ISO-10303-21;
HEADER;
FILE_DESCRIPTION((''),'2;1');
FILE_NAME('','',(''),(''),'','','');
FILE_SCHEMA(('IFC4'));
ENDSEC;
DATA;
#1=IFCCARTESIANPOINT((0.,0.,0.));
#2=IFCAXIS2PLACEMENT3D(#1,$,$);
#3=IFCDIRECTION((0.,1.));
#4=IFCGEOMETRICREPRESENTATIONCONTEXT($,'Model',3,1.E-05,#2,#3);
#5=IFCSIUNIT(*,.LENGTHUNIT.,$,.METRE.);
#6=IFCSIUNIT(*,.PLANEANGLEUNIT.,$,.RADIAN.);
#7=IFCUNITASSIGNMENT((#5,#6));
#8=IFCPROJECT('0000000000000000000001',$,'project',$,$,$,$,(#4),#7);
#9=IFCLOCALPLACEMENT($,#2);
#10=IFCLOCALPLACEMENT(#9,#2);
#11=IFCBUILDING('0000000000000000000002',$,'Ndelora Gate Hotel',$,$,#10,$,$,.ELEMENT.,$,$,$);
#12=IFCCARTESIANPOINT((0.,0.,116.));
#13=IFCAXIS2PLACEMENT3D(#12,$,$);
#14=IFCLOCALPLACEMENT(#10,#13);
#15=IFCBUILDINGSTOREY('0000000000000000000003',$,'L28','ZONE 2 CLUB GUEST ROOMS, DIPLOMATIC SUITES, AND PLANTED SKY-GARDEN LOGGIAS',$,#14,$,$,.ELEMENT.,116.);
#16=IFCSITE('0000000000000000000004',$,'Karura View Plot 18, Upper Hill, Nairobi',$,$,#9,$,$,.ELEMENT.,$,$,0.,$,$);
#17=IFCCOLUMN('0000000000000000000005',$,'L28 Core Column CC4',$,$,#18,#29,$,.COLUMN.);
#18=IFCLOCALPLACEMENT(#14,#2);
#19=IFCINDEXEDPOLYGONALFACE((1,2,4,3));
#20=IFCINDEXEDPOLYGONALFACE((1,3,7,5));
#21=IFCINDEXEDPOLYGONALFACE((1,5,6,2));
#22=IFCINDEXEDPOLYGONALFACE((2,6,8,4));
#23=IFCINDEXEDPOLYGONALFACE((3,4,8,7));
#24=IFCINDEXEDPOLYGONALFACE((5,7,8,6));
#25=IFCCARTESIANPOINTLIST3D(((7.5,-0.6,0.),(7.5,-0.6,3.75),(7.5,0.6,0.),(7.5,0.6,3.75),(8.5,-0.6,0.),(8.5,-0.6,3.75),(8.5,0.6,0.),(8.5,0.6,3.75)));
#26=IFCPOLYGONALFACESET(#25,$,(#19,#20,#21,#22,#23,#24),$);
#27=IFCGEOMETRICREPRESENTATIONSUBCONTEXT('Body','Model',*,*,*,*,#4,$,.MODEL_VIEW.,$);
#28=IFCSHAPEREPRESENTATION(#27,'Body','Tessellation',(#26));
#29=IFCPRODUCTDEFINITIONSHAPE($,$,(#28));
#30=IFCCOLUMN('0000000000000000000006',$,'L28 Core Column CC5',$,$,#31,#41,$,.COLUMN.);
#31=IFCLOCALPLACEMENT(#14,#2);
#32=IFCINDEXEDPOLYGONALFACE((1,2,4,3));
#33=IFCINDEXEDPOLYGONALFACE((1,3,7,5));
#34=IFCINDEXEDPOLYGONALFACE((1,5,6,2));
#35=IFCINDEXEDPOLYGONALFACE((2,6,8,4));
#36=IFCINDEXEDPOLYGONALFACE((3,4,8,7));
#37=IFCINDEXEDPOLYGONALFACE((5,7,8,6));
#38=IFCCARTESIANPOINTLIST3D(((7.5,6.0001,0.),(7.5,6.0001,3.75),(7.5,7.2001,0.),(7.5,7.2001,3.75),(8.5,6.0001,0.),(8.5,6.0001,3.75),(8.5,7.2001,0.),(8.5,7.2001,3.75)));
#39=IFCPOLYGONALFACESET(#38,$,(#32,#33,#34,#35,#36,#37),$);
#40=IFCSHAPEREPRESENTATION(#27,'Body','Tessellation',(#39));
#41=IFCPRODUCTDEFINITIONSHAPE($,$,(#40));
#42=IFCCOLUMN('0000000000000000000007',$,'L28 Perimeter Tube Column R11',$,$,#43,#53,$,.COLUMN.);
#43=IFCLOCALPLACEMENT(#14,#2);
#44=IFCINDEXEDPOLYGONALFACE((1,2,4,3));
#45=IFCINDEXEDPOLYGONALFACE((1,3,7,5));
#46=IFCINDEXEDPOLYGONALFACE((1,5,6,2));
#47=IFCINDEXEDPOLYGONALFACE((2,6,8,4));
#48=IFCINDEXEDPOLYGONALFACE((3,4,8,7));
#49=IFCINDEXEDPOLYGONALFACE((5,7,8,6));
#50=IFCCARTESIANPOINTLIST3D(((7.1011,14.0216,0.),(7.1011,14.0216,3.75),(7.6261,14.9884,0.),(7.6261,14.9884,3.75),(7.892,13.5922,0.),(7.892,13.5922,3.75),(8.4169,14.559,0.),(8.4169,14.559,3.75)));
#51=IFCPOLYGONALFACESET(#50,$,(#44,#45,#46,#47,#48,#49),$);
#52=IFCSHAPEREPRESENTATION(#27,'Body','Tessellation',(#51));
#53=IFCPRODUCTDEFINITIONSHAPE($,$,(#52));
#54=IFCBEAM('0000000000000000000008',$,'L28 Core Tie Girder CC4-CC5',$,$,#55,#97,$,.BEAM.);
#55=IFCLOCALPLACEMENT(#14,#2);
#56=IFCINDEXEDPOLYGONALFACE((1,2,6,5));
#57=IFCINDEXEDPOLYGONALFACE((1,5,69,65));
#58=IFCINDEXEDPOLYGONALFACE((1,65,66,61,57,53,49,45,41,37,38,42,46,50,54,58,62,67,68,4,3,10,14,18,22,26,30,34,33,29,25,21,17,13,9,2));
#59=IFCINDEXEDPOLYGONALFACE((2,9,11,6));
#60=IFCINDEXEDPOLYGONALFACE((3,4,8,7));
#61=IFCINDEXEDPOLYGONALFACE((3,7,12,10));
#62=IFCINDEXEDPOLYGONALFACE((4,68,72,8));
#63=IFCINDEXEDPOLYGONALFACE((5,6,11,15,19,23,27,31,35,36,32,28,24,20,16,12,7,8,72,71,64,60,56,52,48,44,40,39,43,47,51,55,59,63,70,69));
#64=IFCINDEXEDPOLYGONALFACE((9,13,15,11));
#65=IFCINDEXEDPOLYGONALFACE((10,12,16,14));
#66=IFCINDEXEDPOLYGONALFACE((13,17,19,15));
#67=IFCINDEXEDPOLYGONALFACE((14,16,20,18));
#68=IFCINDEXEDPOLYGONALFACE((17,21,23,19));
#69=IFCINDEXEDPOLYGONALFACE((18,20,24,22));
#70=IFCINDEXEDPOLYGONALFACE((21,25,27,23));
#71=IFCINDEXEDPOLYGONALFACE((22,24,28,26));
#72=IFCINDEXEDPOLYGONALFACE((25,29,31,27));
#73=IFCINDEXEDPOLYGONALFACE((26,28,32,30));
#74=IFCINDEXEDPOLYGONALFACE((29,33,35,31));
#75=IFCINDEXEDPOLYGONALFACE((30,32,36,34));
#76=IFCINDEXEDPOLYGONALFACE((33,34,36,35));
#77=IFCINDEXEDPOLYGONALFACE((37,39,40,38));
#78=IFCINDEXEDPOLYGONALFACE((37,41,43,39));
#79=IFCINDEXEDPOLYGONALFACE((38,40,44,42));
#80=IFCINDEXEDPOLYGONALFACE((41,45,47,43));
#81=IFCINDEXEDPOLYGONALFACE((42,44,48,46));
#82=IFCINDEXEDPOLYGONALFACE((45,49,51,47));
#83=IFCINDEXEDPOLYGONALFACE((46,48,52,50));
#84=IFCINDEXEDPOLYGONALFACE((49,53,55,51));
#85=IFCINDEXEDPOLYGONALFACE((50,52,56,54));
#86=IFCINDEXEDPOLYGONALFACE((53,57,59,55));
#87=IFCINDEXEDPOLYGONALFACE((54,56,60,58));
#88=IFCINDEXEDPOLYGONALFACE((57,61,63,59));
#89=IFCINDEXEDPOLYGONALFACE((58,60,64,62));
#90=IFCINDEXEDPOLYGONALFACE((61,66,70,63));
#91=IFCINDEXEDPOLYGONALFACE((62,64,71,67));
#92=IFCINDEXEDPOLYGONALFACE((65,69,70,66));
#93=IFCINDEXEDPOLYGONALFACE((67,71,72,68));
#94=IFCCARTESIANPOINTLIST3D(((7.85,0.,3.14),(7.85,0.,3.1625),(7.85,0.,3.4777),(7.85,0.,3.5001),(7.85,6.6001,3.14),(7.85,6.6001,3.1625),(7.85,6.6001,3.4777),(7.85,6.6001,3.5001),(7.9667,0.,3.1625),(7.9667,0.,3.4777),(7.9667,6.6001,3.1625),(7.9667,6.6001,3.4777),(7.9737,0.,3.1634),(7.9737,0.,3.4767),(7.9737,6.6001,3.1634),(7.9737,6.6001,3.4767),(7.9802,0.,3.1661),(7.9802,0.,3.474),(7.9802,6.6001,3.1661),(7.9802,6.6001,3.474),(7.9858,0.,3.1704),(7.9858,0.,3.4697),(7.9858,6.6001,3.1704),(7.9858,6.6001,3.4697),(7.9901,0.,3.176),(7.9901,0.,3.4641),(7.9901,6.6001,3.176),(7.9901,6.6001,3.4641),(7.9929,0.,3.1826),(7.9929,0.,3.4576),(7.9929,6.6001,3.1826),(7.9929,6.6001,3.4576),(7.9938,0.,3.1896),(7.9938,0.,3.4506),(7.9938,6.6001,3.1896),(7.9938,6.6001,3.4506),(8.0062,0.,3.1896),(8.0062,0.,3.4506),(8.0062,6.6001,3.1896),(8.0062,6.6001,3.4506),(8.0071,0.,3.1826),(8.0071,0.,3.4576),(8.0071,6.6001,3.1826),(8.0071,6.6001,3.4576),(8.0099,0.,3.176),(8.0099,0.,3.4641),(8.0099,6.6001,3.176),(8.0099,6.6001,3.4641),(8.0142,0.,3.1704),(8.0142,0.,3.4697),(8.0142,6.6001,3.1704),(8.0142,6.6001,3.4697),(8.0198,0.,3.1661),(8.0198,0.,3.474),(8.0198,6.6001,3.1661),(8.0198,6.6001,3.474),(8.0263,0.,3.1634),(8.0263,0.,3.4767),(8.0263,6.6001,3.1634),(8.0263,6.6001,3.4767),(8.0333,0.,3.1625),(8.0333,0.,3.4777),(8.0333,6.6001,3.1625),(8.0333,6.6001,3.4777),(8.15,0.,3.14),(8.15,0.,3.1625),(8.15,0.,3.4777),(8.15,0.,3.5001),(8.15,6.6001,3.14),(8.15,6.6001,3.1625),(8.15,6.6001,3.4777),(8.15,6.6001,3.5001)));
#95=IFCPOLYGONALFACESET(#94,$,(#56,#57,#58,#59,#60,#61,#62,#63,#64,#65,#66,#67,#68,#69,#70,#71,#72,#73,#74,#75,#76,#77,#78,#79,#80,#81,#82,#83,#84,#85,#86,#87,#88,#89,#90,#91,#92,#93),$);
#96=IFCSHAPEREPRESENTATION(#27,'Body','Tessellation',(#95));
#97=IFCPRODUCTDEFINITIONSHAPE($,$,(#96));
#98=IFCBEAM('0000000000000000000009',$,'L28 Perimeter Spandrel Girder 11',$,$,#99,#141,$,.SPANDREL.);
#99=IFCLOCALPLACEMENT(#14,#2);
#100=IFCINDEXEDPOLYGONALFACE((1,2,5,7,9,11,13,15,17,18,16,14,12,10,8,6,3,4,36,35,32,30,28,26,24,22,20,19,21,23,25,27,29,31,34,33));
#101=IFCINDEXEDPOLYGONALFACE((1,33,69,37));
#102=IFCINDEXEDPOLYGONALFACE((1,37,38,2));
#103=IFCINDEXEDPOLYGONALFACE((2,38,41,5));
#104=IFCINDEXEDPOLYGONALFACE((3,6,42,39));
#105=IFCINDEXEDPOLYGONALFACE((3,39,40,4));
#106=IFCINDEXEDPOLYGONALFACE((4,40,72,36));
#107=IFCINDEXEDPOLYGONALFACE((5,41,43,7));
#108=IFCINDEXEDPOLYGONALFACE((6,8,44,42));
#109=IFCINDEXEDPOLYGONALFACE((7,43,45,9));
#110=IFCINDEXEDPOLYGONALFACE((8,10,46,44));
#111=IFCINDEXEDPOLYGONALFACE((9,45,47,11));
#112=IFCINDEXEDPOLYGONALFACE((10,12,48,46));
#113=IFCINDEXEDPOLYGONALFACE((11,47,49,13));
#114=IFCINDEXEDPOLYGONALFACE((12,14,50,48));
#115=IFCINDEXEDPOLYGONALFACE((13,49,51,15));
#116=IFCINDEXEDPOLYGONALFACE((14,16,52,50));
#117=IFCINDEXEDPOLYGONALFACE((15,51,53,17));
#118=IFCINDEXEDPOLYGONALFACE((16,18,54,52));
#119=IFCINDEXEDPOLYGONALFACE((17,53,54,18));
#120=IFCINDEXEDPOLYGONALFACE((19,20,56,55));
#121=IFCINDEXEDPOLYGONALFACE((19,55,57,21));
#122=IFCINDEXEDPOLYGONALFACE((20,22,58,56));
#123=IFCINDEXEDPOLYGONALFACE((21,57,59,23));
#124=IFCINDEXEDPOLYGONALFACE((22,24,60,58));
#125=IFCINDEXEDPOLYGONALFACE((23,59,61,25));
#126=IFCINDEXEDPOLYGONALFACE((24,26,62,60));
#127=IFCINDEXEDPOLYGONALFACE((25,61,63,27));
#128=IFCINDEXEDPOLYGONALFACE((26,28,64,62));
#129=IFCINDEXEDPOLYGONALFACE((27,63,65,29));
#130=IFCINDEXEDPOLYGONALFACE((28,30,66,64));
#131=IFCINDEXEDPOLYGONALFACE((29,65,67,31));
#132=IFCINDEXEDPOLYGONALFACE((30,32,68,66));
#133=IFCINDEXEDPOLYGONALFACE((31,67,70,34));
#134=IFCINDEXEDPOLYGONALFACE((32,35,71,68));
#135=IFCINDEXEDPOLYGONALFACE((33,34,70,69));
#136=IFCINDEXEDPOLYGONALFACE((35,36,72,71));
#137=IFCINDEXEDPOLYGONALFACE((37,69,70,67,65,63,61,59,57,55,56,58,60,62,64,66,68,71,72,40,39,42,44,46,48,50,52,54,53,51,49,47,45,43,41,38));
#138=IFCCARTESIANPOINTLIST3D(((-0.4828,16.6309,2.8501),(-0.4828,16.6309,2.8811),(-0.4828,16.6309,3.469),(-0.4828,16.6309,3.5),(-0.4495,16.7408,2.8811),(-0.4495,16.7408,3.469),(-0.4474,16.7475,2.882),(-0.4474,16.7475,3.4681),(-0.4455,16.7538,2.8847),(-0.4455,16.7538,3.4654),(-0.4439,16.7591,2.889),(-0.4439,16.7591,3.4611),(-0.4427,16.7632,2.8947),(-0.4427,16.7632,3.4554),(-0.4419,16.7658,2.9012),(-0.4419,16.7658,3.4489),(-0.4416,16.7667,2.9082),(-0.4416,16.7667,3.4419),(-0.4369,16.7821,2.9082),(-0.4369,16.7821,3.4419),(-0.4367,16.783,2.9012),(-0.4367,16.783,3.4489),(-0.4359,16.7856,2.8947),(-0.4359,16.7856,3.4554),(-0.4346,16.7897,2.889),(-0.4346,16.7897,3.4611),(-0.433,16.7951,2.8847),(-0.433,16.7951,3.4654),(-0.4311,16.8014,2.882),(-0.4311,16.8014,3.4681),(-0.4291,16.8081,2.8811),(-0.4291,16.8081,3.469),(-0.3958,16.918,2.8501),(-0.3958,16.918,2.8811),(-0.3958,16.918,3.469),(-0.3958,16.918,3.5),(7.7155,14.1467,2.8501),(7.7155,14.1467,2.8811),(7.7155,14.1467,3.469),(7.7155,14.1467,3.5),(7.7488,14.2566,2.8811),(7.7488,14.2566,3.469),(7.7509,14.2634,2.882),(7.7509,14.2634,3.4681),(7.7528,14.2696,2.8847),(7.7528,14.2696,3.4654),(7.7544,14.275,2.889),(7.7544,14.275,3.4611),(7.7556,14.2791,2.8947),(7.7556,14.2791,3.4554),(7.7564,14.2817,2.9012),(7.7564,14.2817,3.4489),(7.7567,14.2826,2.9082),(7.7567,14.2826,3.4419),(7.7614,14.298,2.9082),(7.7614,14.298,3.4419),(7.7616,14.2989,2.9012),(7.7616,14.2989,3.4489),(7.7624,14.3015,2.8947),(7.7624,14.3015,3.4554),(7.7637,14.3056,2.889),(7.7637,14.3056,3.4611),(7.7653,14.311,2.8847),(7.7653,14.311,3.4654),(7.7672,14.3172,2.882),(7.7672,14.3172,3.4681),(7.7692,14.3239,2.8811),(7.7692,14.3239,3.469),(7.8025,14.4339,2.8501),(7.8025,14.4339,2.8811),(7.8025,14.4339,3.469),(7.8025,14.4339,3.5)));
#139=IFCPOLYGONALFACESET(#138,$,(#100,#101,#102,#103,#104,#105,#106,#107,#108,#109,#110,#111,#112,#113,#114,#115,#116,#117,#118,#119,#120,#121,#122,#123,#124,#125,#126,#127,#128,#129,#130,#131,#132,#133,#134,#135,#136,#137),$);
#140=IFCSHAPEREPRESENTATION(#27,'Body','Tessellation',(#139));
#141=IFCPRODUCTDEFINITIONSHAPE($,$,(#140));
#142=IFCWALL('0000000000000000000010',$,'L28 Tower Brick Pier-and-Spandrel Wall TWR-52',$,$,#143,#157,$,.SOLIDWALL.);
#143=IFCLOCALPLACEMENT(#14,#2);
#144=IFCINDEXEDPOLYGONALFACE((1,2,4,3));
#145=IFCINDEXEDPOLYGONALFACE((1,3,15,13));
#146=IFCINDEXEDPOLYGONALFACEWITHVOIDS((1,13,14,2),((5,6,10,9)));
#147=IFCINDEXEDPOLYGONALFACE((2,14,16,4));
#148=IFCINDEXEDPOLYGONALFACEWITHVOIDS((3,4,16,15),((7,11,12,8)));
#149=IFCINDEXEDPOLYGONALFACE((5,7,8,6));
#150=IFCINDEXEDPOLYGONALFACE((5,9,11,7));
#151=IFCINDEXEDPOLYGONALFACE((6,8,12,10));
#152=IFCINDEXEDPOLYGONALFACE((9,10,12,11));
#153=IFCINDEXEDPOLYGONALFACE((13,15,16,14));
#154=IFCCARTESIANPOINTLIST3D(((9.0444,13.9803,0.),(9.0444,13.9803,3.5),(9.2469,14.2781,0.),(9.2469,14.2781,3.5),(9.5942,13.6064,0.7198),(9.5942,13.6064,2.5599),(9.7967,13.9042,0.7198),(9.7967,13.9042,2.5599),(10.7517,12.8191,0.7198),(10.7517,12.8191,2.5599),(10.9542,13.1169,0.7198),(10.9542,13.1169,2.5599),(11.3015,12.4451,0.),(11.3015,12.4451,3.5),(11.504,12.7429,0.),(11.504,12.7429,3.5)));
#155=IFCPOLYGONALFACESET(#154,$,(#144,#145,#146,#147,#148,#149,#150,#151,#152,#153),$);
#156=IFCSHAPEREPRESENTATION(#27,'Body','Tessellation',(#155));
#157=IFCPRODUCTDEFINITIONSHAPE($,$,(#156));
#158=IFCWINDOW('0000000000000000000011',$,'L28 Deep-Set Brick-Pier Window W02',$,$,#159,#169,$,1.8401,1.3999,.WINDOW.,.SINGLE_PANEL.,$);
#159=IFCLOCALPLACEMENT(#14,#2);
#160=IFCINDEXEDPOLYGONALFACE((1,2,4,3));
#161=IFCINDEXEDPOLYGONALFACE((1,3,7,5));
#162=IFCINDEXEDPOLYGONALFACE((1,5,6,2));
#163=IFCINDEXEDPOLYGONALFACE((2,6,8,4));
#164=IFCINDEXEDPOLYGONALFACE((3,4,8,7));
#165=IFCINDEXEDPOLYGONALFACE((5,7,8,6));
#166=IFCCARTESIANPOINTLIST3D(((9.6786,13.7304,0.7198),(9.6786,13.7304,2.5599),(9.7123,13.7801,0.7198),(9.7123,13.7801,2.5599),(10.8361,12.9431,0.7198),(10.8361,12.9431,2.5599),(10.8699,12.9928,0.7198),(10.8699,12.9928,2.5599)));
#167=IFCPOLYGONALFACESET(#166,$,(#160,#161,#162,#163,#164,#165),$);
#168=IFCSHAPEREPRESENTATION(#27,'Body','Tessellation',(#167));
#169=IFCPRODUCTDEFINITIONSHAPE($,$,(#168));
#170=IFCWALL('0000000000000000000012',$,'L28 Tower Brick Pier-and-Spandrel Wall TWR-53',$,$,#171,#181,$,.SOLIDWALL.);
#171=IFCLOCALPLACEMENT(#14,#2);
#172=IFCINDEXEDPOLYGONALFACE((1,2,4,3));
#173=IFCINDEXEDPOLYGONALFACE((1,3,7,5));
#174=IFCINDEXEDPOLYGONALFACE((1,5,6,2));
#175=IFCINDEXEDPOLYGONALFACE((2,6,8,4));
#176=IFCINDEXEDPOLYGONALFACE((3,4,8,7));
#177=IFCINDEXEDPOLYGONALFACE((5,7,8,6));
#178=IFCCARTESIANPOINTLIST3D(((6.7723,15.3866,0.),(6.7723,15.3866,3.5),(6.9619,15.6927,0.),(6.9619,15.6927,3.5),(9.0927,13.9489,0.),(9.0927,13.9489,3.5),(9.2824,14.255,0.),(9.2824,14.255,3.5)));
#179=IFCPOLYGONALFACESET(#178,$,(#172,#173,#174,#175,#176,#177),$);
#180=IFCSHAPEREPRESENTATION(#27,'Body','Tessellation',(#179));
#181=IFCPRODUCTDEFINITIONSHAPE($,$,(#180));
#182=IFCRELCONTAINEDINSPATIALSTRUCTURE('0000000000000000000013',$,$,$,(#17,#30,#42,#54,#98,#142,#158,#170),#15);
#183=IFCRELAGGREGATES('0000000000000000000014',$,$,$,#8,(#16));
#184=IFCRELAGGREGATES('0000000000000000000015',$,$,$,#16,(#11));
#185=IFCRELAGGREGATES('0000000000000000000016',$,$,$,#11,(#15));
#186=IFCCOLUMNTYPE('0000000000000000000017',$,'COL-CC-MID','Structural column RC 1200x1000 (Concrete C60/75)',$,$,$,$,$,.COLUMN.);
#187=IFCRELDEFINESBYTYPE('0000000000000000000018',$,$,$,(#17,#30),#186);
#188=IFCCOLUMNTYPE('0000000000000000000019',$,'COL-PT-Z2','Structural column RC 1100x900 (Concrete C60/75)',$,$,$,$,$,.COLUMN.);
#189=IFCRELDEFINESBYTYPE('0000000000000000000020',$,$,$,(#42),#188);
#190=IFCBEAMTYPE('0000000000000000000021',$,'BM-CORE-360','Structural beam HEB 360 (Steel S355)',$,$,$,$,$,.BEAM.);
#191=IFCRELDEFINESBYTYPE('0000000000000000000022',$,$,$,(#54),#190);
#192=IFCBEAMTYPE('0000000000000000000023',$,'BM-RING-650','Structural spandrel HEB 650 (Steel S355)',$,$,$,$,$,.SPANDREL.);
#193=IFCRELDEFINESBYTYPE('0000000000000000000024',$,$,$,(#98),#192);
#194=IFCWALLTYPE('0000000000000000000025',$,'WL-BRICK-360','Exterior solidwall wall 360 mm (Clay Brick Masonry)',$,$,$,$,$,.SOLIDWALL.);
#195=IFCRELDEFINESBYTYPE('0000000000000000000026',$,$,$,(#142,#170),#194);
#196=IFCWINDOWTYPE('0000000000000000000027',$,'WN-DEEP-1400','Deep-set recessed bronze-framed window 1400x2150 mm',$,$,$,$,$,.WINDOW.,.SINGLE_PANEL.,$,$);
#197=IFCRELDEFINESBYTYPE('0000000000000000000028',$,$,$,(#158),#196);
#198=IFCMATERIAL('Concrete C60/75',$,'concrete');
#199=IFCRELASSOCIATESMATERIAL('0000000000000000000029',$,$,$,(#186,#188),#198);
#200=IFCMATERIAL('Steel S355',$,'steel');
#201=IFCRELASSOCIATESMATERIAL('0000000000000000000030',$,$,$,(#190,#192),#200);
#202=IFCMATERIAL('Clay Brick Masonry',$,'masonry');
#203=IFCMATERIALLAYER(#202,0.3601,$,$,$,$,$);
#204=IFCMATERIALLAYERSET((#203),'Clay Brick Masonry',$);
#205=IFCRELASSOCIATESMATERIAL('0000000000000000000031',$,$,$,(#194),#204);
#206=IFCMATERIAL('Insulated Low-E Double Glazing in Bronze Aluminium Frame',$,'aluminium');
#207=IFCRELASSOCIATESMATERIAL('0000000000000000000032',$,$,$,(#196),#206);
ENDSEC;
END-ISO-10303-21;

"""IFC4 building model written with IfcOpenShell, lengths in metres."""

from ifc_helpers import new_model, si_unit, direction, frame, frame_2d, origin, origin_2d, place, context, subcontext, project, spatial, rectangle, i_section, extrude, material, layer, layer_set, material_profile, profile_set, type_object, element, fill, save


model = new_model("IFC4")

# Units and contexts
model_context = context("Model", 3, precision=1e-05, world=origin(), true_north=direction((0.0, 1.0)))
body_context = subcontext(model_context, "Body", "Model", "MODEL_VIEW")
ifc_project = project(units=[si_unit("LENGTHUNIT", "METRE"), si_unit("PLANEANGLEUNIT", "RADIAN")], contexts=[model_context])

# Site, building, storey
site_placement = place(None, origin())
site = spatial("IfcSite", under=ifc_project, at=site_placement, Name="Karura View Plot 18, Upper Hill, Nairobi", CompositionType="ELEMENT", RefElevation=0.0)
building_placement = place(site_placement, origin())
building = spatial("IfcBuilding", under=site, at=building_placement, Name="Ndelora Gate Hotel", CompositionType="ELEMENT")
storey_placement = place(building_placement, frame((0.0, 0.0, 116.0)))
storey = spatial("IfcBuildingStorey", under=building, at=storey_placement, Name="L28", Description="ZONE 2 CLUB GUEST ROOMS, DIPLOMATIC SUITES, AND PLANTED SKY-GARDEN LOGGIAS", CompositionType="ELEMENT", Elevation=116.0)

# Columns
ifc_material_1 = material(Name="Concrete C60/75", Category="concrete")
ifc_material_profile_1 = material_profile(ifc_material_1, rectangle(XDim=1.0, YDim=1.2, at=origin_2d()), Name="RC 1200x1000")
ifc_profile_set_1 = profile_set([ifc_material_profile_1], Name="Concrete C60/75")
column_type_1 = type_object("IfcColumnType", Name="COL-CC-MID", Description="Structural column RC 1200x1000 (Concrete C60/75)", PredefinedType="COLUMN", material=ifc_profile_set_1)
for number, where, z_axis, x_axis, name in (
    (1, (8.0, 0.0, 0.0), (0.0, 0.0, 1.0), (1.0, 0.0, 0.0), "L28 Core Column CC4"),
    (2, (8.0, 6.6001, 0.0), (0.0, 0.0, 1.0), (1.0, 0.0, 0.0), "L28 Core Column CC5"),
):
    element("IfcColumn", number, at=place(storey_placement, frame(where, z_axis=z_axis, x_axis=x_axis)), inside=storey, type_object=column_type_1, Name=name, PredefinedType="COLUMN", context=body_context, shape_type="SweptSolid", body=[
        extrude(rectangle(XDim=1.0, YDim=1.2, at=origin_2d()), origin(), (0.0, 0.0, 1.0), 3.75),
    ])
ifc_material_profile_2 = material_profile(ifc_material_1, rectangle(XDim=0.8999, YDim=1.1001, at=origin_2d()), Name="RC 1100x900")
ifc_profile_set_2 = profile_set([ifc_material_profile_2], Name="Concrete C60/75")
column_type_2 = type_object("IfcColumnType", Name="COL-PT-Z2", Description="Structural column RC 1100x900 (Concrete C60/75)", PredefinedType="COLUMN", material=ifc_profile_set_2)
column_placement = place(storey_placement, frame((7.759, 14.2903, 0.0), z_axis=(0.0, 0.0, 1.0), x_axis=(-0.878817, 0.477159, 0.0)))
element("IfcColumn", 3, at=column_placement, inside=storey, type_object=column_type_2, Name="L28 Perimeter Tube Column R11", PredefinedType="COLUMN", context=body_context, shape_type="SweptSolid", body=[
    extrude(rectangle(XDim=0.8999, YDim=1.1001, at=origin_2d()), origin(), (0.0, 0.0, 1.0), 3.75),
])

# Beams
ifc_material_2 = material(Name="Steel S355", Category="steel")
ifc_material_profile_3 = material_profile(ifc_material_2, i_section(OverallWidth=0.3, OverallDepth=0.3601, WebThickness=0.0125, FlangeThickness=0.0225, FilletRadius=0.0271, at=origin_2d()), Name="HEB 360")
ifc_profile_set_3 = profile_set([ifc_material_profile_3], Name="Steel S355")
beam_type_1 = type_object("IfcBeamType", Name="BM-CORE-360", Description="Structural beam HEB 360 (Steel S355)", PredefinedType="BEAM", material=ifc_profile_set_3)
beam_1_placement = place(storey_placement, frame((8.0, 0.0, 3.3201), z_axis=(0.0, 1.0, 0.0), x_axis=(-1.0, 0.0, 0.0)))
element("IfcBeam", 4, at=beam_1_placement, inside=storey, type_object=beam_type_1, Name="L28 Core Tie Girder CC4-CC5", PredefinedType="BEAM", context=body_context, shape_type="SweptSolid", body=[
    extrude(i_section(OverallWidth=0.3, OverallDepth=0.3601, WebThickness=0.0125, FlangeThickness=0.0225, FilletRadius=0.0271, at=origin_2d()), origin(), (0.0, 0.0, 1.0), 6.6001),
])
ifc_material_profile_4 = material_profile(ifc_material_2, i_section(OverallWidth=0.3, OverallDepth=0.6499, WebThickness=0.0161, FlangeThickness=0.031, FilletRadius=0.0271, at=origin_2d()), Name="HEB 650")
ifc_profile_set_4 = profile_set([ifc_material_profile_4], Name="Steel S355")
beam_type_2 = type_object("IfcBeamType", Name="BM-RING-650", Description="Structural spandrel HEB 650 (Steel S355)", PredefinedType="SPANDREL", material=ifc_profile_set_4)
beam_2_placement = place(storey_placement, frame((7.759, 14.2903, 3.175), z_axis=(-0.95703, 0.289988, 0.0), x_axis=(-0.289988, -0.95703, 0.0)))
element("IfcBeam", 5, at=beam_2_placement, inside=storey, type_object=beam_type_2, Name="L28 Perimeter Spandrel Girder 11", PredefinedType="SPANDREL", context=body_context, shape_type="SweptSolid", body=[
    extrude(i_section(OverallWidth=0.3, OverallDepth=0.6499, WebThickness=0.0161, FlangeThickness=0.031, FilletRadius=0.0271, at=origin_2d()), origin(), (0.0, 0.0, 1.0), 8.5664),
])

# Wall, opening, window
ifc_material_3 = material(Name="Clay Brick Masonry", Category="masonry")
ifc_layer_1 = layer(ifc_material_3, 0.3601)
ifc_layer_set_1 = layer_set([ifc_layer_1], Name="Clay Brick Masonry")
wall_type_1 = type_object("IfcWallType", Name="WL-BRICK-360", Description="Exterior solidwall wall 360 mm (Clay Brick Masonry)", PredefinedType="SOLIDWALL", material=ifc_layer_set_1)
wall_1_placement = place(storey_placement, frame((9.1458, 14.1292, 0.0), z_axis=(0.0, 0.0, 1.0), x_axis=(0.826868, -0.562396, 0.0)))
wall_1 = element("IfcWall", 6, at=wall_1_placement, inside=storey, type_object=wall_type_1, Name="L28 Tower Brick Pier-and-Spandrel Wall TWR-52", PredefinedType="SOLIDWALL", context=body_context, shape_type="SweptSolid", body=[
    extrude(rectangle(XDim=2.7297, YDim=0.3601, at=frame_2d((1.3647, 0.0))), origin(), (0.0, 0.0, 1.0), 3.5),
])
opening_1_placement = place(wall_1_placement, frame((0.6648, 0.0, 0.72)))
opening_1 = element("IfcOpeningElement", 7, at=opening_1_placement, cuts=wall_1, PredefinedType="OPENING", context=body_context, shape_type="SweptSolid", body=[
    extrude(rectangle(XDim=1.3999, YDim=1.8401, at=frame_2d((0.7, 0.9199))), frame((0.0, 0.1899, 0.0), z_axis=(0.0, -1.0, 0.0), x_axis=(1.0, 0.0, 0.0)), (0.0, 0.0, 1.0), 0.3801),
])
ifc_material_4 = material(Name="Insulated Low-E Double Glazing in Bronze Aluminium Frame", Category="aluminium")
window_type = type_object("IfcWindowType", Name="WN-DEEP-1400", Description="Deep-set recessed bronze-framed window 1400x2150 mm", PartitioningType="SINGLE_PANEL", PredefinedType="WINDOW", material=ifc_material_4)
window_placement = place(opening_1_placement, origin())
window = element("IfcWindow", 8, at=window_placement, inside=storey, type_object=window_type, Name="L28 Deep-Set Brick-Pier Window W02", OverallHeight=1.8401, OverallWidth=1.3999, PartitioningType="SINGLE_PANEL", PredefinedType="WINDOW", context=body_context, shape_type="SweptSolid", body=[
    extrude(rectangle(XDim=1.3999, YDim=1.8401, at=frame_2d((0.7, 0.9199))), frame((0.0, 0.03, 0.0), z_axis=(0.0, -1.0, 0.0), x_axis=(1.0, 0.0, 0.0)), (0.0, 0.0, 1.0), 0.0601),
])
fill(opening_1, window)

# Wall
wall_2_placement = place(storey_placement, frame((6.8672, 15.5396, 0.0), z_axis=(0.0, 0.0, 1.0), x_axis=(0.850067, -0.526675, 0.0)))
element("IfcWall", 9, at=wall_2_placement, inside=storey, type_object=wall_type_1, Name="L28 Tower Brick Pier-and-Spandrel Wall TWR-53", PredefinedType="SOLIDWALL", context=body_context, shape_type="SweptSolid", body=[
    extrude(rectangle(XDim=2.7297, YDim=0.3601, at=frame_2d((1.3647, 0.0))), origin(), (0.0, 0.0, 1.0), 3.5),
])

save(model, "model.ifc")
